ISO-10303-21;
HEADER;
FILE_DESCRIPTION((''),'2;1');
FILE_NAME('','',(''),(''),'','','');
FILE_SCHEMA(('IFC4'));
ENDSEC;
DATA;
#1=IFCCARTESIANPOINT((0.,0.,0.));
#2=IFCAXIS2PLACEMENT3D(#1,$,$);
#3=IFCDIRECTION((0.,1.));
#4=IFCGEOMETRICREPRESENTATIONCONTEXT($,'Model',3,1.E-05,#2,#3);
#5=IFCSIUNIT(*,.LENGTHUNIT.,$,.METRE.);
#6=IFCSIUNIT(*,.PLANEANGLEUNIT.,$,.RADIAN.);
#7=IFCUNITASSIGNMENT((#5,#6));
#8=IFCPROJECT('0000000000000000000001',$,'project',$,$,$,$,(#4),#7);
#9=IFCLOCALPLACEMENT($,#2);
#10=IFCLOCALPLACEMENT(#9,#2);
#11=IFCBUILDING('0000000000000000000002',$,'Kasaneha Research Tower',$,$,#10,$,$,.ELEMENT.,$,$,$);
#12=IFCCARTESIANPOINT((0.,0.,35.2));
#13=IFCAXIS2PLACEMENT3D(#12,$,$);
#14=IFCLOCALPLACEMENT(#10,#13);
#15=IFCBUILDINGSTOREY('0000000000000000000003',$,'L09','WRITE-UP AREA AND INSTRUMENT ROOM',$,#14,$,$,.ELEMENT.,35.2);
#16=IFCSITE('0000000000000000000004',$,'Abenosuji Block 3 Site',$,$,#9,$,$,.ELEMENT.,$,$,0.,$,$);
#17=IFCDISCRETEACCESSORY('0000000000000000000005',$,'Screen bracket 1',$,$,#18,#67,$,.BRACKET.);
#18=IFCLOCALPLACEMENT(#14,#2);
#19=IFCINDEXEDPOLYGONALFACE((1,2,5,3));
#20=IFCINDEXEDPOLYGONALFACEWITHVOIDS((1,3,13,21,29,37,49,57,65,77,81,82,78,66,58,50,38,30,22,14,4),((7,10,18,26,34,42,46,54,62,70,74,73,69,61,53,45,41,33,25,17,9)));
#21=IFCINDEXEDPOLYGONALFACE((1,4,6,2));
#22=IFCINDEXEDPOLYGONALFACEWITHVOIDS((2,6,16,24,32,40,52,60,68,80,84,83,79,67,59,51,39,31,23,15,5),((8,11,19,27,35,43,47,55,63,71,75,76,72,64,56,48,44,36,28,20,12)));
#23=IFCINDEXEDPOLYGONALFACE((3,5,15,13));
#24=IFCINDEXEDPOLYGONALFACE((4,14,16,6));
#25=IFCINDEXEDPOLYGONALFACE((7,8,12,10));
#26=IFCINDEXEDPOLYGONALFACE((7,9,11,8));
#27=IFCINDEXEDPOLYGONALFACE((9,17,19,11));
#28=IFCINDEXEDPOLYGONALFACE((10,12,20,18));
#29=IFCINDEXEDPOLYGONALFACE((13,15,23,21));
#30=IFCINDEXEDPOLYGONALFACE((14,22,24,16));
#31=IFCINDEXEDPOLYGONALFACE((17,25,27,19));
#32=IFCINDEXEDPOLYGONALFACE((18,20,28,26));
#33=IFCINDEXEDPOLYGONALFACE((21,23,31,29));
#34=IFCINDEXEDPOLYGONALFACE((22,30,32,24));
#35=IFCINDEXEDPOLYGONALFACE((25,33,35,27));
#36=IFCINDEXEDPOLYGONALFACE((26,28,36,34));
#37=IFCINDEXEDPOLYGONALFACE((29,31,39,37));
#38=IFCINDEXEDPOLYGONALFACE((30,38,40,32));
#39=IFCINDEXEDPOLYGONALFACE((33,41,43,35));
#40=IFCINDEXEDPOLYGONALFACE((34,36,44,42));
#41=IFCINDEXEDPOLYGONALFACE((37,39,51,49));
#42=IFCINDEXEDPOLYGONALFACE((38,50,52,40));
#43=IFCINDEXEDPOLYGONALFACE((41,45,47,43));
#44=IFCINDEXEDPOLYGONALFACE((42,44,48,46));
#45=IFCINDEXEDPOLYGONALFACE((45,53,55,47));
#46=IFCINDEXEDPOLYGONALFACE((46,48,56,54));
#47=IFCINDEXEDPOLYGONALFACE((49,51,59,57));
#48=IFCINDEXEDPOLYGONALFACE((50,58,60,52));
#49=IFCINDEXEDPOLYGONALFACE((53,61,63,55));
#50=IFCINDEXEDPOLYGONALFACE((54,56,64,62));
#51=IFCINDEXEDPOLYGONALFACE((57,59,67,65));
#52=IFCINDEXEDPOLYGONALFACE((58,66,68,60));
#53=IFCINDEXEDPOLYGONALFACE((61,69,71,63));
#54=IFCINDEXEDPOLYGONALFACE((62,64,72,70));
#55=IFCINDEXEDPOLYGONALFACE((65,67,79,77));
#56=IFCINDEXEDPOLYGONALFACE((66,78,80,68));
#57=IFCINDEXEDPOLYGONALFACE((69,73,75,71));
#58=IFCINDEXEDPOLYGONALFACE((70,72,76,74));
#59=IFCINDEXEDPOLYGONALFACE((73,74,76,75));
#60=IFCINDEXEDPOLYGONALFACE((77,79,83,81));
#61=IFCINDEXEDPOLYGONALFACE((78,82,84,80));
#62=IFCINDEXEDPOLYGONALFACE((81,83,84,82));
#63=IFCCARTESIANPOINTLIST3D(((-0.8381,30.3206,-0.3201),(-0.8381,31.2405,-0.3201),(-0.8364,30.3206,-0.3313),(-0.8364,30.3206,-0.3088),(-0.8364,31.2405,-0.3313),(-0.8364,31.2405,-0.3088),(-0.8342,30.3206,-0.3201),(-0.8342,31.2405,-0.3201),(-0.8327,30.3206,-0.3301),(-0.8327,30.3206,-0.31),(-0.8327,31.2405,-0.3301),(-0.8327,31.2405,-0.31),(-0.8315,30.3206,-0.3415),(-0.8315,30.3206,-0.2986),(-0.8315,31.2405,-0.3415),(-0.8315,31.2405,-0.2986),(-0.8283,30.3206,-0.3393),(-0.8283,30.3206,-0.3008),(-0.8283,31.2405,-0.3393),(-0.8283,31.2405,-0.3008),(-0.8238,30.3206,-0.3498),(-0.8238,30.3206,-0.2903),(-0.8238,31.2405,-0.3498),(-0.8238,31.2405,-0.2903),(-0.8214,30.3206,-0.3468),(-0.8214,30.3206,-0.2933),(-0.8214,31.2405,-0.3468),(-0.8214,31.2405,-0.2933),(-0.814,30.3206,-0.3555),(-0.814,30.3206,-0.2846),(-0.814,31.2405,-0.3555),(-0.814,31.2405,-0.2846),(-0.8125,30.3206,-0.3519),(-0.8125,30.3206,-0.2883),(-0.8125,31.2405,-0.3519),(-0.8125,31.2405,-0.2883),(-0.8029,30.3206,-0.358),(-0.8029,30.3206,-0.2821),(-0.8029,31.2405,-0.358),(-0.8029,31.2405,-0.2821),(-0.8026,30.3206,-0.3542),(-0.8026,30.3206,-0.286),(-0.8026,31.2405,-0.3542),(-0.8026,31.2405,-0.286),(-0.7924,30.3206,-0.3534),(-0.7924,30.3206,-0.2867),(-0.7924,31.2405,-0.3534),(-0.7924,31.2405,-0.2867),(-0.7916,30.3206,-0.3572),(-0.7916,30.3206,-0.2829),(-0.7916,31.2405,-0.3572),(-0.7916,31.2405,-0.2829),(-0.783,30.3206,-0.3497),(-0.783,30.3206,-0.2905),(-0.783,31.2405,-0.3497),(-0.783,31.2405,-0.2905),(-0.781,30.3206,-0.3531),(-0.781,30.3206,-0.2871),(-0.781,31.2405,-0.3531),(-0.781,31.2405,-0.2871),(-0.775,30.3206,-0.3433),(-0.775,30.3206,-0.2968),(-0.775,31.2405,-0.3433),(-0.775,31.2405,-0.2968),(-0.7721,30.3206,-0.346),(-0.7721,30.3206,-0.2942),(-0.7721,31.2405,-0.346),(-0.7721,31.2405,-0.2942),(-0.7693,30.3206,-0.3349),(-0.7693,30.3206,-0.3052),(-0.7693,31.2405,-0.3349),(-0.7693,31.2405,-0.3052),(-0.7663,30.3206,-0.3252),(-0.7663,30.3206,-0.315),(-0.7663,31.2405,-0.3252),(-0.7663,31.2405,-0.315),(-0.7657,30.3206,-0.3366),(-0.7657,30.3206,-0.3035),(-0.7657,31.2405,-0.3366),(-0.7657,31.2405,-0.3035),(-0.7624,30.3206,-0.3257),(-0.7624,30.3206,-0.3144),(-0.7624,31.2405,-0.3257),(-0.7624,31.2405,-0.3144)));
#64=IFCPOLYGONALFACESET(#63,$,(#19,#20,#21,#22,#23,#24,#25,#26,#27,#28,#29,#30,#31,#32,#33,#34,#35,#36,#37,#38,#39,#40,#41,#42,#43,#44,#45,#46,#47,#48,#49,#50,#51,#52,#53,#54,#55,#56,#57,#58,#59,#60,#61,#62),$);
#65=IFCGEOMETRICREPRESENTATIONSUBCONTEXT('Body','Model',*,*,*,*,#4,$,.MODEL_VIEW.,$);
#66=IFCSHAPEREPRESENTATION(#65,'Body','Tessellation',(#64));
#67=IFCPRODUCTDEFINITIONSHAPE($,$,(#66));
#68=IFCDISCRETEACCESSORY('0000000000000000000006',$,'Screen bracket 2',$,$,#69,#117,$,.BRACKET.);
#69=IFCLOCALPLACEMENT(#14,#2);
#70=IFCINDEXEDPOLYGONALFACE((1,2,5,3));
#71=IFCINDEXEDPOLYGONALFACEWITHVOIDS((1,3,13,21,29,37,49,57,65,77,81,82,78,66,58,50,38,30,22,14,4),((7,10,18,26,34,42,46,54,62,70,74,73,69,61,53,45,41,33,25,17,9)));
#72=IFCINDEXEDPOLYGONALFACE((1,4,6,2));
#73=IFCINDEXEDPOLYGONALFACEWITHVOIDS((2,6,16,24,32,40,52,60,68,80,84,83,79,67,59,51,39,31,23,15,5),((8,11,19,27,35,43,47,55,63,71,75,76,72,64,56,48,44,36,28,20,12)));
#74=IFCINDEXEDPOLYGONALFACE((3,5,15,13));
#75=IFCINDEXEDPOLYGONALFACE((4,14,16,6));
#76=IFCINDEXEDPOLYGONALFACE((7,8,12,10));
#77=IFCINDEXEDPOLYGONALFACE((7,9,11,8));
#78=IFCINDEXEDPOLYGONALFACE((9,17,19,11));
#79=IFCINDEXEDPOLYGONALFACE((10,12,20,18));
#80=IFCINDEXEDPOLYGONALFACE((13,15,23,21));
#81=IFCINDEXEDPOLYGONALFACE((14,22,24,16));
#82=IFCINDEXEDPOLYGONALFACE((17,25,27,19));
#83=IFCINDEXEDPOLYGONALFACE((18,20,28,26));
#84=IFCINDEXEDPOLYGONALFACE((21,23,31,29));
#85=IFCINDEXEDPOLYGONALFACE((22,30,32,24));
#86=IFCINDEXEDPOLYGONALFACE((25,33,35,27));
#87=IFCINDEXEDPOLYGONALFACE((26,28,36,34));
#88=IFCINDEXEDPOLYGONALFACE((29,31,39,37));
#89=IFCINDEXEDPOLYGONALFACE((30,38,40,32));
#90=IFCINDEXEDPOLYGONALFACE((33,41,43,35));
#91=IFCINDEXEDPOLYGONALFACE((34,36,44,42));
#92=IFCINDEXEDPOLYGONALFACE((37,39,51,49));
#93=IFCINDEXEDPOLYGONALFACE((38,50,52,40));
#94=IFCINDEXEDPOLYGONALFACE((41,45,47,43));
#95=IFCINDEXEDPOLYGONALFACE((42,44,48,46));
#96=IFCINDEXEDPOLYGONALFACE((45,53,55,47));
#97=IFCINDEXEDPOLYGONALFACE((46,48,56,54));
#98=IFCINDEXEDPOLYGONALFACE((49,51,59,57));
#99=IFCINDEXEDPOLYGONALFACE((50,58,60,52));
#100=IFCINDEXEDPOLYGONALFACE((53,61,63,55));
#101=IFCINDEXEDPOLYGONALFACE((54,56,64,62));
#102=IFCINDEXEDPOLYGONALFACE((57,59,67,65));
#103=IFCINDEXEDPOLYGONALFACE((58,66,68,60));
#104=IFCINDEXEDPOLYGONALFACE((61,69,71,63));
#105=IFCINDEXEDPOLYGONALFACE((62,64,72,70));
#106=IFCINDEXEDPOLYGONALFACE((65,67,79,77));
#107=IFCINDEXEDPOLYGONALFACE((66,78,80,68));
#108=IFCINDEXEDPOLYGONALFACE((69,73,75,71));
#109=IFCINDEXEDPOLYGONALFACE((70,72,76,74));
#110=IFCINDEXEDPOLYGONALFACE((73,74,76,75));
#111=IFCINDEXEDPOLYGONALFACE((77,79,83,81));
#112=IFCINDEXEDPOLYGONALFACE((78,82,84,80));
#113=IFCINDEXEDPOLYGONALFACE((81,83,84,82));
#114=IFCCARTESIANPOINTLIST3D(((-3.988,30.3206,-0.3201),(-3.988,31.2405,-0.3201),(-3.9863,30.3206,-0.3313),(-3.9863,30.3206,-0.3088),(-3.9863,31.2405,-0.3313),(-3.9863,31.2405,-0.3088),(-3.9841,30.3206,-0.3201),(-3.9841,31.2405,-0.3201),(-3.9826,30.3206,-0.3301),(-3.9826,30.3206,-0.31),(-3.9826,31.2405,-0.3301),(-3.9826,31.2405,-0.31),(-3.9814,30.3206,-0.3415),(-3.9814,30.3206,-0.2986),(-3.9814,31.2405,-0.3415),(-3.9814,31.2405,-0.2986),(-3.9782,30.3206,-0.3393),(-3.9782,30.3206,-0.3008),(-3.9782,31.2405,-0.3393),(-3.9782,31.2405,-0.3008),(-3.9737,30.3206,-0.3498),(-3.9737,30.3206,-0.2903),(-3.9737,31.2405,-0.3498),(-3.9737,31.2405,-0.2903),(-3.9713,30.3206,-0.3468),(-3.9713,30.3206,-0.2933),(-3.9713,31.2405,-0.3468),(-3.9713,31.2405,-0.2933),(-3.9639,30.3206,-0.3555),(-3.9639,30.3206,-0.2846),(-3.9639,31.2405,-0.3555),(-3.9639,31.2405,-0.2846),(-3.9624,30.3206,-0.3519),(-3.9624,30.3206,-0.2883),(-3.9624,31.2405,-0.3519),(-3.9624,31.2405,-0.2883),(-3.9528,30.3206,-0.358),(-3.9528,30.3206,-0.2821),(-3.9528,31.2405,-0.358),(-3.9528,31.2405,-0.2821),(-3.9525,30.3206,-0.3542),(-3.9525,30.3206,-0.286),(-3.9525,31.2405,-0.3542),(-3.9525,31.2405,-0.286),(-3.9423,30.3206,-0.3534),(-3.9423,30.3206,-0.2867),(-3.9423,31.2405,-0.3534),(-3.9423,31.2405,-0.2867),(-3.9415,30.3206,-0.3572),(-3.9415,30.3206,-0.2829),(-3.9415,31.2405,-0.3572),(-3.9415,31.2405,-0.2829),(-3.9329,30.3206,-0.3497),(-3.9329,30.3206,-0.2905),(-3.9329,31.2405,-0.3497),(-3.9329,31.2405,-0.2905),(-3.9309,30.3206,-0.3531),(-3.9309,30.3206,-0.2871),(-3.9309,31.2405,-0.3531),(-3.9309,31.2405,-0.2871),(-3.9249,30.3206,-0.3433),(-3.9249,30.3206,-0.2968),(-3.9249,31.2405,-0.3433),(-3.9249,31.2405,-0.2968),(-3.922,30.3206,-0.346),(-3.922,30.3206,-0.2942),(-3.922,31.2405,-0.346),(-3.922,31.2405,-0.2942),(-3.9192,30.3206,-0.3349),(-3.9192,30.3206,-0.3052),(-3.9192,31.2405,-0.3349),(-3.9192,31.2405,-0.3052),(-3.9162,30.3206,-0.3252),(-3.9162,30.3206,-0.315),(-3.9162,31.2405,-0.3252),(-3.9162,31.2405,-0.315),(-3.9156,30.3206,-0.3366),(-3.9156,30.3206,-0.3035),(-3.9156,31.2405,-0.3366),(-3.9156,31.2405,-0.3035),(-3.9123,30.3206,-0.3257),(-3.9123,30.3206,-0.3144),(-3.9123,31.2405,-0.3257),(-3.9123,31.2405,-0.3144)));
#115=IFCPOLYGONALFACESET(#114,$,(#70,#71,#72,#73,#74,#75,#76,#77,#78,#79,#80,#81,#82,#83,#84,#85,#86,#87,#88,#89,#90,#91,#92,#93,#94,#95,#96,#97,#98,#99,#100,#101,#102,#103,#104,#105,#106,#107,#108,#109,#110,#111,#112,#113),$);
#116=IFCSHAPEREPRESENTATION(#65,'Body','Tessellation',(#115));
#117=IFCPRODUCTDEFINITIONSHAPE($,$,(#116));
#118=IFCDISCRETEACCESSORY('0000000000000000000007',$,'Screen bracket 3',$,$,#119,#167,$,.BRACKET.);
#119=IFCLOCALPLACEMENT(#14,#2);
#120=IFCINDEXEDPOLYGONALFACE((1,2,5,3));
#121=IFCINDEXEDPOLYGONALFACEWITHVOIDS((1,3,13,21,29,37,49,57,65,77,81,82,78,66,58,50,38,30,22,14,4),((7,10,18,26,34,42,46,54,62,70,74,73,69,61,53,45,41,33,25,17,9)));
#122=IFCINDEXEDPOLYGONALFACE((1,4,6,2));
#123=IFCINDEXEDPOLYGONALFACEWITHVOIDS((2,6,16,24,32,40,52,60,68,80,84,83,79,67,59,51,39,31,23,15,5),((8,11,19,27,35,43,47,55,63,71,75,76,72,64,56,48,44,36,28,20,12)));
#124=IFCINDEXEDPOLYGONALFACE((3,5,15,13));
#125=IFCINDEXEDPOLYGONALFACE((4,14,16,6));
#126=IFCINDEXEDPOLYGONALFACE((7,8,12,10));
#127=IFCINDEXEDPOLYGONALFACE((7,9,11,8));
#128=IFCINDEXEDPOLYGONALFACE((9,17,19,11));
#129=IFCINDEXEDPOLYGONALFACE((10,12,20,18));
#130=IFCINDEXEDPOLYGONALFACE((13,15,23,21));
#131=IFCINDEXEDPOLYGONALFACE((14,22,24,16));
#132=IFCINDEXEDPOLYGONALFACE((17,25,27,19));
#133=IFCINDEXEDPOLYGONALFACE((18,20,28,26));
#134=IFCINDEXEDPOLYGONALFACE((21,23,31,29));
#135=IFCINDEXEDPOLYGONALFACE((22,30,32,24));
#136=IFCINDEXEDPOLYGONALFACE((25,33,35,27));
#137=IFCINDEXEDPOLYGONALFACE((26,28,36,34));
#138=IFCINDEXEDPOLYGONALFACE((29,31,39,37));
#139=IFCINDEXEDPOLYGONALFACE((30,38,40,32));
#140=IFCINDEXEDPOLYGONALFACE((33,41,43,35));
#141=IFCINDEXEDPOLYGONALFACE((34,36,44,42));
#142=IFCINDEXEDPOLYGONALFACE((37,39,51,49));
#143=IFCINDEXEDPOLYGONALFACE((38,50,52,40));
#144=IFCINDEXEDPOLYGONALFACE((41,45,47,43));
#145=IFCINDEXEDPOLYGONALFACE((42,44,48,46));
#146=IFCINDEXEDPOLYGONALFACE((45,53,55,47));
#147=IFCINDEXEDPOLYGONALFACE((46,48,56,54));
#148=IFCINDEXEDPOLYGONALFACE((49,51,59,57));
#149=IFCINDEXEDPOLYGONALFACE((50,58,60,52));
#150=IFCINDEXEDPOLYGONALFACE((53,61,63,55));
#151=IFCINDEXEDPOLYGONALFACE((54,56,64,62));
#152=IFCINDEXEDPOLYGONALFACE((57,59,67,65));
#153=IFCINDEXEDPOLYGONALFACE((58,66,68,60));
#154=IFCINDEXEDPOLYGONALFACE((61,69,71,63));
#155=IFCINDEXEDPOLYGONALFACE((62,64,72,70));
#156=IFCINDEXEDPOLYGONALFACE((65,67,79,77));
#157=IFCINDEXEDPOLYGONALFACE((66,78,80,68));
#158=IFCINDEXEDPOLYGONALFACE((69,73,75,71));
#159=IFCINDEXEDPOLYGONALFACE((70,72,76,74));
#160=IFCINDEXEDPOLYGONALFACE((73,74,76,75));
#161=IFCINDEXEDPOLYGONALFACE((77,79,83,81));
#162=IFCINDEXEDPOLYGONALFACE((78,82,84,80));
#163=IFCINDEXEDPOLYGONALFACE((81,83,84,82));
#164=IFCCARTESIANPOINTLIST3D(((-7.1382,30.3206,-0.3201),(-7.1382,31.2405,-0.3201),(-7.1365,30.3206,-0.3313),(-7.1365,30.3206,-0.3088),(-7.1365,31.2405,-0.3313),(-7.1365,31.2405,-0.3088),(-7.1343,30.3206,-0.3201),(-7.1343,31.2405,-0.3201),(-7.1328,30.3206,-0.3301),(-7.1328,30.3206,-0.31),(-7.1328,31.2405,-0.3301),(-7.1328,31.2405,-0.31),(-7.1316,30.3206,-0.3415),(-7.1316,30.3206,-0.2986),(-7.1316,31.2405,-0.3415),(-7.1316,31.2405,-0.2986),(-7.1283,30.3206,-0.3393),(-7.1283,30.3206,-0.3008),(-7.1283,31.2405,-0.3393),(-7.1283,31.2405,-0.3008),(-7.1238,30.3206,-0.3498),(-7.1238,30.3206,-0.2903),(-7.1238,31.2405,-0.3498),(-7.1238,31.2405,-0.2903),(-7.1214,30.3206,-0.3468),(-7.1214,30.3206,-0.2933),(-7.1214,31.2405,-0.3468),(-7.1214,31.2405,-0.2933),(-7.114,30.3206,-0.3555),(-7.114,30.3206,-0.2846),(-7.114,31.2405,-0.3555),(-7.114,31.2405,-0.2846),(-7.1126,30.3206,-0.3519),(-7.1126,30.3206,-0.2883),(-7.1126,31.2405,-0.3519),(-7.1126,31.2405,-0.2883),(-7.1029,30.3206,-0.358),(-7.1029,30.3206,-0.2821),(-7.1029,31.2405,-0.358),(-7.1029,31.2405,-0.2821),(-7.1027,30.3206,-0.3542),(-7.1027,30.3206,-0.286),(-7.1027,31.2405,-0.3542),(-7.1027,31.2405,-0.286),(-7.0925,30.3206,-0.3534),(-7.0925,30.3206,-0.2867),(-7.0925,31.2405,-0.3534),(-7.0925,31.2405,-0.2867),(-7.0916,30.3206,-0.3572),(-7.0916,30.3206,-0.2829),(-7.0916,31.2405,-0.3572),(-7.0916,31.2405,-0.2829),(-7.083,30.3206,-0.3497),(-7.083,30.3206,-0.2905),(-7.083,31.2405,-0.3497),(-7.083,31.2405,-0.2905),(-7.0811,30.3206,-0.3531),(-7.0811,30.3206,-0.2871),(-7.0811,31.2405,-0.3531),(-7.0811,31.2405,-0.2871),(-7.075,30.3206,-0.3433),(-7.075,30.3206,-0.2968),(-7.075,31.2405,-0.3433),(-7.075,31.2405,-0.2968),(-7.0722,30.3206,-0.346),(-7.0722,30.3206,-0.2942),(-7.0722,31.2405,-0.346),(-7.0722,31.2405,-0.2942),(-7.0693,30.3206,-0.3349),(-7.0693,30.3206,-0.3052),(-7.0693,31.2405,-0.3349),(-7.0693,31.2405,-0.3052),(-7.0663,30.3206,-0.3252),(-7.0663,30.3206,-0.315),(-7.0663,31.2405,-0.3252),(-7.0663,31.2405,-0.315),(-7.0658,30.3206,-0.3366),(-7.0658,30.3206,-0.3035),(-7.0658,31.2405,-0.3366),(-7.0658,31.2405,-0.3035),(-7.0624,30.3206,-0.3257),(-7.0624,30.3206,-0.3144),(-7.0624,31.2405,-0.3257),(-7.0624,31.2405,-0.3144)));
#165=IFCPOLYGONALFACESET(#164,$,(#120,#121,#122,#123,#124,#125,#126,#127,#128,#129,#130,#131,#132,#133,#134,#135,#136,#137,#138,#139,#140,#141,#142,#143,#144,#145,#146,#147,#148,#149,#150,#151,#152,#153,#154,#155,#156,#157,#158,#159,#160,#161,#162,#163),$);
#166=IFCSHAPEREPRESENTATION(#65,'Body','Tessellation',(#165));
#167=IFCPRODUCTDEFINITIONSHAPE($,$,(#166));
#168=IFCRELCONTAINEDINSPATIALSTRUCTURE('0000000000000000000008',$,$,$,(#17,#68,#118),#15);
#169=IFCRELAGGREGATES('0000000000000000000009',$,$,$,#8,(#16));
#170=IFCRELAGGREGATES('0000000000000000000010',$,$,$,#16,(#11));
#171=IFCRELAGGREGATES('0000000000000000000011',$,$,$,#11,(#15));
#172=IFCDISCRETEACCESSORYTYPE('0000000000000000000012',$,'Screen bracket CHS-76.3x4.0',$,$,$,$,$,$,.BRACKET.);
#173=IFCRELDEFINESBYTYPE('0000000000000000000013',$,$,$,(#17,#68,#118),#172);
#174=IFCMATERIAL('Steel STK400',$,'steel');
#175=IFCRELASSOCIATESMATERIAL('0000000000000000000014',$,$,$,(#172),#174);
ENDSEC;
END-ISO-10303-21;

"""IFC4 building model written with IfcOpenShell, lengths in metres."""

from ifc_helpers import new_model, si_unit, direction, frame, origin, origin_2d, place, context, subcontext, project, spatial, hollow_circle, extrude, material, material_profile, profile_set, type_object, element, save


model = new_model("IFC4")

# Units and contexts
model_context = context("Model", 3, precision=1e-05, world=origin(), true_north=direction((0.0, 1.0)))
body_context = subcontext(model_context, "Body", "Model", "MODEL_VIEW")
ifc_project = project(units=[si_unit("LENGTHUNIT", "METRE"), si_unit("PLANEANGLEUNIT", "RADIAN")], contexts=[model_context])

# Site, building, storey
site_placement = place(None, origin())
site = spatial("IfcSite", under=ifc_project, at=site_placement, Name="Abenosuji Block 3 Site", CompositionType="ELEMENT", RefElevation=0.0)
building_placement = place(site_placement, origin())
building = spatial("IfcBuilding", under=site, at=building_placement, Name="Kasaneha Research Tower", CompositionType="ELEMENT")
storey_placement = place(building_placement, frame((0.0, 0.0, 35.2)))
storey = spatial("IfcBuildingStorey", under=building, at=storey_placement, Name="L09", Description="WRITE-UP AREA AND INSTRUMENT ROOM", CompositionType="ELEMENT", Elevation=35.2)

# Discrete accessories
ifc_material_1 = material(Name="Steel STK400", Category="steel")
ifc_material_profile_1 = material_profile(ifc_material_1, hollow_circle(Radius=0.0381, WallThickness=0.0039, at=origin_2d()), Name="CHS-76.3x4.0")
ifc_profile_set_1 = profile_set([ifc_material_profile_1], Name="Steel STK400")
discrete_accessory_type = type_object("IfcDiscreteAccessoryType", Name="Screen bracket CHS-76.3x4.0", PredefinedType="BRACKET", material=ifc_profile_set_1)
for number, where, z_axis, x_axis, name in (
    (1, (-0.8, 30.3206, -0.3201), (0.0, 1.0, 0.0), (-1.0, 0.0, 0.0), "Screen bracket 1"),
    (2, (-3.95, 30.3206, -0.3201), (0.0, 1.0, 0.0), (-1.0, 0.0, 0.0), "Screen bracket 2"),
    (3, (-7.1001, 30.3206, -0.3201), (0.0, 1.0, 0.0), (-1.0, 0.0, 0.0), "Screen bracket 3"),
):
    element("IfcDiscreteAccessory", number, at=place(storey_placement, frame(where, z_axis=z_axis, x_axis=x_axis)), inside=storey, type_object=discrete_accessory_type, Name=name, PredefinedType="BRACKET", context=body_context, shape_type="SweptSolid", body=[
        extrude(hollow_circle(Radius=0.0381, WallThickness=0.0039, at=origin_2d()), origin(), (0.0, 0.0, 1.0), 0.9199),
    ])

save(model, "model.ifc")
